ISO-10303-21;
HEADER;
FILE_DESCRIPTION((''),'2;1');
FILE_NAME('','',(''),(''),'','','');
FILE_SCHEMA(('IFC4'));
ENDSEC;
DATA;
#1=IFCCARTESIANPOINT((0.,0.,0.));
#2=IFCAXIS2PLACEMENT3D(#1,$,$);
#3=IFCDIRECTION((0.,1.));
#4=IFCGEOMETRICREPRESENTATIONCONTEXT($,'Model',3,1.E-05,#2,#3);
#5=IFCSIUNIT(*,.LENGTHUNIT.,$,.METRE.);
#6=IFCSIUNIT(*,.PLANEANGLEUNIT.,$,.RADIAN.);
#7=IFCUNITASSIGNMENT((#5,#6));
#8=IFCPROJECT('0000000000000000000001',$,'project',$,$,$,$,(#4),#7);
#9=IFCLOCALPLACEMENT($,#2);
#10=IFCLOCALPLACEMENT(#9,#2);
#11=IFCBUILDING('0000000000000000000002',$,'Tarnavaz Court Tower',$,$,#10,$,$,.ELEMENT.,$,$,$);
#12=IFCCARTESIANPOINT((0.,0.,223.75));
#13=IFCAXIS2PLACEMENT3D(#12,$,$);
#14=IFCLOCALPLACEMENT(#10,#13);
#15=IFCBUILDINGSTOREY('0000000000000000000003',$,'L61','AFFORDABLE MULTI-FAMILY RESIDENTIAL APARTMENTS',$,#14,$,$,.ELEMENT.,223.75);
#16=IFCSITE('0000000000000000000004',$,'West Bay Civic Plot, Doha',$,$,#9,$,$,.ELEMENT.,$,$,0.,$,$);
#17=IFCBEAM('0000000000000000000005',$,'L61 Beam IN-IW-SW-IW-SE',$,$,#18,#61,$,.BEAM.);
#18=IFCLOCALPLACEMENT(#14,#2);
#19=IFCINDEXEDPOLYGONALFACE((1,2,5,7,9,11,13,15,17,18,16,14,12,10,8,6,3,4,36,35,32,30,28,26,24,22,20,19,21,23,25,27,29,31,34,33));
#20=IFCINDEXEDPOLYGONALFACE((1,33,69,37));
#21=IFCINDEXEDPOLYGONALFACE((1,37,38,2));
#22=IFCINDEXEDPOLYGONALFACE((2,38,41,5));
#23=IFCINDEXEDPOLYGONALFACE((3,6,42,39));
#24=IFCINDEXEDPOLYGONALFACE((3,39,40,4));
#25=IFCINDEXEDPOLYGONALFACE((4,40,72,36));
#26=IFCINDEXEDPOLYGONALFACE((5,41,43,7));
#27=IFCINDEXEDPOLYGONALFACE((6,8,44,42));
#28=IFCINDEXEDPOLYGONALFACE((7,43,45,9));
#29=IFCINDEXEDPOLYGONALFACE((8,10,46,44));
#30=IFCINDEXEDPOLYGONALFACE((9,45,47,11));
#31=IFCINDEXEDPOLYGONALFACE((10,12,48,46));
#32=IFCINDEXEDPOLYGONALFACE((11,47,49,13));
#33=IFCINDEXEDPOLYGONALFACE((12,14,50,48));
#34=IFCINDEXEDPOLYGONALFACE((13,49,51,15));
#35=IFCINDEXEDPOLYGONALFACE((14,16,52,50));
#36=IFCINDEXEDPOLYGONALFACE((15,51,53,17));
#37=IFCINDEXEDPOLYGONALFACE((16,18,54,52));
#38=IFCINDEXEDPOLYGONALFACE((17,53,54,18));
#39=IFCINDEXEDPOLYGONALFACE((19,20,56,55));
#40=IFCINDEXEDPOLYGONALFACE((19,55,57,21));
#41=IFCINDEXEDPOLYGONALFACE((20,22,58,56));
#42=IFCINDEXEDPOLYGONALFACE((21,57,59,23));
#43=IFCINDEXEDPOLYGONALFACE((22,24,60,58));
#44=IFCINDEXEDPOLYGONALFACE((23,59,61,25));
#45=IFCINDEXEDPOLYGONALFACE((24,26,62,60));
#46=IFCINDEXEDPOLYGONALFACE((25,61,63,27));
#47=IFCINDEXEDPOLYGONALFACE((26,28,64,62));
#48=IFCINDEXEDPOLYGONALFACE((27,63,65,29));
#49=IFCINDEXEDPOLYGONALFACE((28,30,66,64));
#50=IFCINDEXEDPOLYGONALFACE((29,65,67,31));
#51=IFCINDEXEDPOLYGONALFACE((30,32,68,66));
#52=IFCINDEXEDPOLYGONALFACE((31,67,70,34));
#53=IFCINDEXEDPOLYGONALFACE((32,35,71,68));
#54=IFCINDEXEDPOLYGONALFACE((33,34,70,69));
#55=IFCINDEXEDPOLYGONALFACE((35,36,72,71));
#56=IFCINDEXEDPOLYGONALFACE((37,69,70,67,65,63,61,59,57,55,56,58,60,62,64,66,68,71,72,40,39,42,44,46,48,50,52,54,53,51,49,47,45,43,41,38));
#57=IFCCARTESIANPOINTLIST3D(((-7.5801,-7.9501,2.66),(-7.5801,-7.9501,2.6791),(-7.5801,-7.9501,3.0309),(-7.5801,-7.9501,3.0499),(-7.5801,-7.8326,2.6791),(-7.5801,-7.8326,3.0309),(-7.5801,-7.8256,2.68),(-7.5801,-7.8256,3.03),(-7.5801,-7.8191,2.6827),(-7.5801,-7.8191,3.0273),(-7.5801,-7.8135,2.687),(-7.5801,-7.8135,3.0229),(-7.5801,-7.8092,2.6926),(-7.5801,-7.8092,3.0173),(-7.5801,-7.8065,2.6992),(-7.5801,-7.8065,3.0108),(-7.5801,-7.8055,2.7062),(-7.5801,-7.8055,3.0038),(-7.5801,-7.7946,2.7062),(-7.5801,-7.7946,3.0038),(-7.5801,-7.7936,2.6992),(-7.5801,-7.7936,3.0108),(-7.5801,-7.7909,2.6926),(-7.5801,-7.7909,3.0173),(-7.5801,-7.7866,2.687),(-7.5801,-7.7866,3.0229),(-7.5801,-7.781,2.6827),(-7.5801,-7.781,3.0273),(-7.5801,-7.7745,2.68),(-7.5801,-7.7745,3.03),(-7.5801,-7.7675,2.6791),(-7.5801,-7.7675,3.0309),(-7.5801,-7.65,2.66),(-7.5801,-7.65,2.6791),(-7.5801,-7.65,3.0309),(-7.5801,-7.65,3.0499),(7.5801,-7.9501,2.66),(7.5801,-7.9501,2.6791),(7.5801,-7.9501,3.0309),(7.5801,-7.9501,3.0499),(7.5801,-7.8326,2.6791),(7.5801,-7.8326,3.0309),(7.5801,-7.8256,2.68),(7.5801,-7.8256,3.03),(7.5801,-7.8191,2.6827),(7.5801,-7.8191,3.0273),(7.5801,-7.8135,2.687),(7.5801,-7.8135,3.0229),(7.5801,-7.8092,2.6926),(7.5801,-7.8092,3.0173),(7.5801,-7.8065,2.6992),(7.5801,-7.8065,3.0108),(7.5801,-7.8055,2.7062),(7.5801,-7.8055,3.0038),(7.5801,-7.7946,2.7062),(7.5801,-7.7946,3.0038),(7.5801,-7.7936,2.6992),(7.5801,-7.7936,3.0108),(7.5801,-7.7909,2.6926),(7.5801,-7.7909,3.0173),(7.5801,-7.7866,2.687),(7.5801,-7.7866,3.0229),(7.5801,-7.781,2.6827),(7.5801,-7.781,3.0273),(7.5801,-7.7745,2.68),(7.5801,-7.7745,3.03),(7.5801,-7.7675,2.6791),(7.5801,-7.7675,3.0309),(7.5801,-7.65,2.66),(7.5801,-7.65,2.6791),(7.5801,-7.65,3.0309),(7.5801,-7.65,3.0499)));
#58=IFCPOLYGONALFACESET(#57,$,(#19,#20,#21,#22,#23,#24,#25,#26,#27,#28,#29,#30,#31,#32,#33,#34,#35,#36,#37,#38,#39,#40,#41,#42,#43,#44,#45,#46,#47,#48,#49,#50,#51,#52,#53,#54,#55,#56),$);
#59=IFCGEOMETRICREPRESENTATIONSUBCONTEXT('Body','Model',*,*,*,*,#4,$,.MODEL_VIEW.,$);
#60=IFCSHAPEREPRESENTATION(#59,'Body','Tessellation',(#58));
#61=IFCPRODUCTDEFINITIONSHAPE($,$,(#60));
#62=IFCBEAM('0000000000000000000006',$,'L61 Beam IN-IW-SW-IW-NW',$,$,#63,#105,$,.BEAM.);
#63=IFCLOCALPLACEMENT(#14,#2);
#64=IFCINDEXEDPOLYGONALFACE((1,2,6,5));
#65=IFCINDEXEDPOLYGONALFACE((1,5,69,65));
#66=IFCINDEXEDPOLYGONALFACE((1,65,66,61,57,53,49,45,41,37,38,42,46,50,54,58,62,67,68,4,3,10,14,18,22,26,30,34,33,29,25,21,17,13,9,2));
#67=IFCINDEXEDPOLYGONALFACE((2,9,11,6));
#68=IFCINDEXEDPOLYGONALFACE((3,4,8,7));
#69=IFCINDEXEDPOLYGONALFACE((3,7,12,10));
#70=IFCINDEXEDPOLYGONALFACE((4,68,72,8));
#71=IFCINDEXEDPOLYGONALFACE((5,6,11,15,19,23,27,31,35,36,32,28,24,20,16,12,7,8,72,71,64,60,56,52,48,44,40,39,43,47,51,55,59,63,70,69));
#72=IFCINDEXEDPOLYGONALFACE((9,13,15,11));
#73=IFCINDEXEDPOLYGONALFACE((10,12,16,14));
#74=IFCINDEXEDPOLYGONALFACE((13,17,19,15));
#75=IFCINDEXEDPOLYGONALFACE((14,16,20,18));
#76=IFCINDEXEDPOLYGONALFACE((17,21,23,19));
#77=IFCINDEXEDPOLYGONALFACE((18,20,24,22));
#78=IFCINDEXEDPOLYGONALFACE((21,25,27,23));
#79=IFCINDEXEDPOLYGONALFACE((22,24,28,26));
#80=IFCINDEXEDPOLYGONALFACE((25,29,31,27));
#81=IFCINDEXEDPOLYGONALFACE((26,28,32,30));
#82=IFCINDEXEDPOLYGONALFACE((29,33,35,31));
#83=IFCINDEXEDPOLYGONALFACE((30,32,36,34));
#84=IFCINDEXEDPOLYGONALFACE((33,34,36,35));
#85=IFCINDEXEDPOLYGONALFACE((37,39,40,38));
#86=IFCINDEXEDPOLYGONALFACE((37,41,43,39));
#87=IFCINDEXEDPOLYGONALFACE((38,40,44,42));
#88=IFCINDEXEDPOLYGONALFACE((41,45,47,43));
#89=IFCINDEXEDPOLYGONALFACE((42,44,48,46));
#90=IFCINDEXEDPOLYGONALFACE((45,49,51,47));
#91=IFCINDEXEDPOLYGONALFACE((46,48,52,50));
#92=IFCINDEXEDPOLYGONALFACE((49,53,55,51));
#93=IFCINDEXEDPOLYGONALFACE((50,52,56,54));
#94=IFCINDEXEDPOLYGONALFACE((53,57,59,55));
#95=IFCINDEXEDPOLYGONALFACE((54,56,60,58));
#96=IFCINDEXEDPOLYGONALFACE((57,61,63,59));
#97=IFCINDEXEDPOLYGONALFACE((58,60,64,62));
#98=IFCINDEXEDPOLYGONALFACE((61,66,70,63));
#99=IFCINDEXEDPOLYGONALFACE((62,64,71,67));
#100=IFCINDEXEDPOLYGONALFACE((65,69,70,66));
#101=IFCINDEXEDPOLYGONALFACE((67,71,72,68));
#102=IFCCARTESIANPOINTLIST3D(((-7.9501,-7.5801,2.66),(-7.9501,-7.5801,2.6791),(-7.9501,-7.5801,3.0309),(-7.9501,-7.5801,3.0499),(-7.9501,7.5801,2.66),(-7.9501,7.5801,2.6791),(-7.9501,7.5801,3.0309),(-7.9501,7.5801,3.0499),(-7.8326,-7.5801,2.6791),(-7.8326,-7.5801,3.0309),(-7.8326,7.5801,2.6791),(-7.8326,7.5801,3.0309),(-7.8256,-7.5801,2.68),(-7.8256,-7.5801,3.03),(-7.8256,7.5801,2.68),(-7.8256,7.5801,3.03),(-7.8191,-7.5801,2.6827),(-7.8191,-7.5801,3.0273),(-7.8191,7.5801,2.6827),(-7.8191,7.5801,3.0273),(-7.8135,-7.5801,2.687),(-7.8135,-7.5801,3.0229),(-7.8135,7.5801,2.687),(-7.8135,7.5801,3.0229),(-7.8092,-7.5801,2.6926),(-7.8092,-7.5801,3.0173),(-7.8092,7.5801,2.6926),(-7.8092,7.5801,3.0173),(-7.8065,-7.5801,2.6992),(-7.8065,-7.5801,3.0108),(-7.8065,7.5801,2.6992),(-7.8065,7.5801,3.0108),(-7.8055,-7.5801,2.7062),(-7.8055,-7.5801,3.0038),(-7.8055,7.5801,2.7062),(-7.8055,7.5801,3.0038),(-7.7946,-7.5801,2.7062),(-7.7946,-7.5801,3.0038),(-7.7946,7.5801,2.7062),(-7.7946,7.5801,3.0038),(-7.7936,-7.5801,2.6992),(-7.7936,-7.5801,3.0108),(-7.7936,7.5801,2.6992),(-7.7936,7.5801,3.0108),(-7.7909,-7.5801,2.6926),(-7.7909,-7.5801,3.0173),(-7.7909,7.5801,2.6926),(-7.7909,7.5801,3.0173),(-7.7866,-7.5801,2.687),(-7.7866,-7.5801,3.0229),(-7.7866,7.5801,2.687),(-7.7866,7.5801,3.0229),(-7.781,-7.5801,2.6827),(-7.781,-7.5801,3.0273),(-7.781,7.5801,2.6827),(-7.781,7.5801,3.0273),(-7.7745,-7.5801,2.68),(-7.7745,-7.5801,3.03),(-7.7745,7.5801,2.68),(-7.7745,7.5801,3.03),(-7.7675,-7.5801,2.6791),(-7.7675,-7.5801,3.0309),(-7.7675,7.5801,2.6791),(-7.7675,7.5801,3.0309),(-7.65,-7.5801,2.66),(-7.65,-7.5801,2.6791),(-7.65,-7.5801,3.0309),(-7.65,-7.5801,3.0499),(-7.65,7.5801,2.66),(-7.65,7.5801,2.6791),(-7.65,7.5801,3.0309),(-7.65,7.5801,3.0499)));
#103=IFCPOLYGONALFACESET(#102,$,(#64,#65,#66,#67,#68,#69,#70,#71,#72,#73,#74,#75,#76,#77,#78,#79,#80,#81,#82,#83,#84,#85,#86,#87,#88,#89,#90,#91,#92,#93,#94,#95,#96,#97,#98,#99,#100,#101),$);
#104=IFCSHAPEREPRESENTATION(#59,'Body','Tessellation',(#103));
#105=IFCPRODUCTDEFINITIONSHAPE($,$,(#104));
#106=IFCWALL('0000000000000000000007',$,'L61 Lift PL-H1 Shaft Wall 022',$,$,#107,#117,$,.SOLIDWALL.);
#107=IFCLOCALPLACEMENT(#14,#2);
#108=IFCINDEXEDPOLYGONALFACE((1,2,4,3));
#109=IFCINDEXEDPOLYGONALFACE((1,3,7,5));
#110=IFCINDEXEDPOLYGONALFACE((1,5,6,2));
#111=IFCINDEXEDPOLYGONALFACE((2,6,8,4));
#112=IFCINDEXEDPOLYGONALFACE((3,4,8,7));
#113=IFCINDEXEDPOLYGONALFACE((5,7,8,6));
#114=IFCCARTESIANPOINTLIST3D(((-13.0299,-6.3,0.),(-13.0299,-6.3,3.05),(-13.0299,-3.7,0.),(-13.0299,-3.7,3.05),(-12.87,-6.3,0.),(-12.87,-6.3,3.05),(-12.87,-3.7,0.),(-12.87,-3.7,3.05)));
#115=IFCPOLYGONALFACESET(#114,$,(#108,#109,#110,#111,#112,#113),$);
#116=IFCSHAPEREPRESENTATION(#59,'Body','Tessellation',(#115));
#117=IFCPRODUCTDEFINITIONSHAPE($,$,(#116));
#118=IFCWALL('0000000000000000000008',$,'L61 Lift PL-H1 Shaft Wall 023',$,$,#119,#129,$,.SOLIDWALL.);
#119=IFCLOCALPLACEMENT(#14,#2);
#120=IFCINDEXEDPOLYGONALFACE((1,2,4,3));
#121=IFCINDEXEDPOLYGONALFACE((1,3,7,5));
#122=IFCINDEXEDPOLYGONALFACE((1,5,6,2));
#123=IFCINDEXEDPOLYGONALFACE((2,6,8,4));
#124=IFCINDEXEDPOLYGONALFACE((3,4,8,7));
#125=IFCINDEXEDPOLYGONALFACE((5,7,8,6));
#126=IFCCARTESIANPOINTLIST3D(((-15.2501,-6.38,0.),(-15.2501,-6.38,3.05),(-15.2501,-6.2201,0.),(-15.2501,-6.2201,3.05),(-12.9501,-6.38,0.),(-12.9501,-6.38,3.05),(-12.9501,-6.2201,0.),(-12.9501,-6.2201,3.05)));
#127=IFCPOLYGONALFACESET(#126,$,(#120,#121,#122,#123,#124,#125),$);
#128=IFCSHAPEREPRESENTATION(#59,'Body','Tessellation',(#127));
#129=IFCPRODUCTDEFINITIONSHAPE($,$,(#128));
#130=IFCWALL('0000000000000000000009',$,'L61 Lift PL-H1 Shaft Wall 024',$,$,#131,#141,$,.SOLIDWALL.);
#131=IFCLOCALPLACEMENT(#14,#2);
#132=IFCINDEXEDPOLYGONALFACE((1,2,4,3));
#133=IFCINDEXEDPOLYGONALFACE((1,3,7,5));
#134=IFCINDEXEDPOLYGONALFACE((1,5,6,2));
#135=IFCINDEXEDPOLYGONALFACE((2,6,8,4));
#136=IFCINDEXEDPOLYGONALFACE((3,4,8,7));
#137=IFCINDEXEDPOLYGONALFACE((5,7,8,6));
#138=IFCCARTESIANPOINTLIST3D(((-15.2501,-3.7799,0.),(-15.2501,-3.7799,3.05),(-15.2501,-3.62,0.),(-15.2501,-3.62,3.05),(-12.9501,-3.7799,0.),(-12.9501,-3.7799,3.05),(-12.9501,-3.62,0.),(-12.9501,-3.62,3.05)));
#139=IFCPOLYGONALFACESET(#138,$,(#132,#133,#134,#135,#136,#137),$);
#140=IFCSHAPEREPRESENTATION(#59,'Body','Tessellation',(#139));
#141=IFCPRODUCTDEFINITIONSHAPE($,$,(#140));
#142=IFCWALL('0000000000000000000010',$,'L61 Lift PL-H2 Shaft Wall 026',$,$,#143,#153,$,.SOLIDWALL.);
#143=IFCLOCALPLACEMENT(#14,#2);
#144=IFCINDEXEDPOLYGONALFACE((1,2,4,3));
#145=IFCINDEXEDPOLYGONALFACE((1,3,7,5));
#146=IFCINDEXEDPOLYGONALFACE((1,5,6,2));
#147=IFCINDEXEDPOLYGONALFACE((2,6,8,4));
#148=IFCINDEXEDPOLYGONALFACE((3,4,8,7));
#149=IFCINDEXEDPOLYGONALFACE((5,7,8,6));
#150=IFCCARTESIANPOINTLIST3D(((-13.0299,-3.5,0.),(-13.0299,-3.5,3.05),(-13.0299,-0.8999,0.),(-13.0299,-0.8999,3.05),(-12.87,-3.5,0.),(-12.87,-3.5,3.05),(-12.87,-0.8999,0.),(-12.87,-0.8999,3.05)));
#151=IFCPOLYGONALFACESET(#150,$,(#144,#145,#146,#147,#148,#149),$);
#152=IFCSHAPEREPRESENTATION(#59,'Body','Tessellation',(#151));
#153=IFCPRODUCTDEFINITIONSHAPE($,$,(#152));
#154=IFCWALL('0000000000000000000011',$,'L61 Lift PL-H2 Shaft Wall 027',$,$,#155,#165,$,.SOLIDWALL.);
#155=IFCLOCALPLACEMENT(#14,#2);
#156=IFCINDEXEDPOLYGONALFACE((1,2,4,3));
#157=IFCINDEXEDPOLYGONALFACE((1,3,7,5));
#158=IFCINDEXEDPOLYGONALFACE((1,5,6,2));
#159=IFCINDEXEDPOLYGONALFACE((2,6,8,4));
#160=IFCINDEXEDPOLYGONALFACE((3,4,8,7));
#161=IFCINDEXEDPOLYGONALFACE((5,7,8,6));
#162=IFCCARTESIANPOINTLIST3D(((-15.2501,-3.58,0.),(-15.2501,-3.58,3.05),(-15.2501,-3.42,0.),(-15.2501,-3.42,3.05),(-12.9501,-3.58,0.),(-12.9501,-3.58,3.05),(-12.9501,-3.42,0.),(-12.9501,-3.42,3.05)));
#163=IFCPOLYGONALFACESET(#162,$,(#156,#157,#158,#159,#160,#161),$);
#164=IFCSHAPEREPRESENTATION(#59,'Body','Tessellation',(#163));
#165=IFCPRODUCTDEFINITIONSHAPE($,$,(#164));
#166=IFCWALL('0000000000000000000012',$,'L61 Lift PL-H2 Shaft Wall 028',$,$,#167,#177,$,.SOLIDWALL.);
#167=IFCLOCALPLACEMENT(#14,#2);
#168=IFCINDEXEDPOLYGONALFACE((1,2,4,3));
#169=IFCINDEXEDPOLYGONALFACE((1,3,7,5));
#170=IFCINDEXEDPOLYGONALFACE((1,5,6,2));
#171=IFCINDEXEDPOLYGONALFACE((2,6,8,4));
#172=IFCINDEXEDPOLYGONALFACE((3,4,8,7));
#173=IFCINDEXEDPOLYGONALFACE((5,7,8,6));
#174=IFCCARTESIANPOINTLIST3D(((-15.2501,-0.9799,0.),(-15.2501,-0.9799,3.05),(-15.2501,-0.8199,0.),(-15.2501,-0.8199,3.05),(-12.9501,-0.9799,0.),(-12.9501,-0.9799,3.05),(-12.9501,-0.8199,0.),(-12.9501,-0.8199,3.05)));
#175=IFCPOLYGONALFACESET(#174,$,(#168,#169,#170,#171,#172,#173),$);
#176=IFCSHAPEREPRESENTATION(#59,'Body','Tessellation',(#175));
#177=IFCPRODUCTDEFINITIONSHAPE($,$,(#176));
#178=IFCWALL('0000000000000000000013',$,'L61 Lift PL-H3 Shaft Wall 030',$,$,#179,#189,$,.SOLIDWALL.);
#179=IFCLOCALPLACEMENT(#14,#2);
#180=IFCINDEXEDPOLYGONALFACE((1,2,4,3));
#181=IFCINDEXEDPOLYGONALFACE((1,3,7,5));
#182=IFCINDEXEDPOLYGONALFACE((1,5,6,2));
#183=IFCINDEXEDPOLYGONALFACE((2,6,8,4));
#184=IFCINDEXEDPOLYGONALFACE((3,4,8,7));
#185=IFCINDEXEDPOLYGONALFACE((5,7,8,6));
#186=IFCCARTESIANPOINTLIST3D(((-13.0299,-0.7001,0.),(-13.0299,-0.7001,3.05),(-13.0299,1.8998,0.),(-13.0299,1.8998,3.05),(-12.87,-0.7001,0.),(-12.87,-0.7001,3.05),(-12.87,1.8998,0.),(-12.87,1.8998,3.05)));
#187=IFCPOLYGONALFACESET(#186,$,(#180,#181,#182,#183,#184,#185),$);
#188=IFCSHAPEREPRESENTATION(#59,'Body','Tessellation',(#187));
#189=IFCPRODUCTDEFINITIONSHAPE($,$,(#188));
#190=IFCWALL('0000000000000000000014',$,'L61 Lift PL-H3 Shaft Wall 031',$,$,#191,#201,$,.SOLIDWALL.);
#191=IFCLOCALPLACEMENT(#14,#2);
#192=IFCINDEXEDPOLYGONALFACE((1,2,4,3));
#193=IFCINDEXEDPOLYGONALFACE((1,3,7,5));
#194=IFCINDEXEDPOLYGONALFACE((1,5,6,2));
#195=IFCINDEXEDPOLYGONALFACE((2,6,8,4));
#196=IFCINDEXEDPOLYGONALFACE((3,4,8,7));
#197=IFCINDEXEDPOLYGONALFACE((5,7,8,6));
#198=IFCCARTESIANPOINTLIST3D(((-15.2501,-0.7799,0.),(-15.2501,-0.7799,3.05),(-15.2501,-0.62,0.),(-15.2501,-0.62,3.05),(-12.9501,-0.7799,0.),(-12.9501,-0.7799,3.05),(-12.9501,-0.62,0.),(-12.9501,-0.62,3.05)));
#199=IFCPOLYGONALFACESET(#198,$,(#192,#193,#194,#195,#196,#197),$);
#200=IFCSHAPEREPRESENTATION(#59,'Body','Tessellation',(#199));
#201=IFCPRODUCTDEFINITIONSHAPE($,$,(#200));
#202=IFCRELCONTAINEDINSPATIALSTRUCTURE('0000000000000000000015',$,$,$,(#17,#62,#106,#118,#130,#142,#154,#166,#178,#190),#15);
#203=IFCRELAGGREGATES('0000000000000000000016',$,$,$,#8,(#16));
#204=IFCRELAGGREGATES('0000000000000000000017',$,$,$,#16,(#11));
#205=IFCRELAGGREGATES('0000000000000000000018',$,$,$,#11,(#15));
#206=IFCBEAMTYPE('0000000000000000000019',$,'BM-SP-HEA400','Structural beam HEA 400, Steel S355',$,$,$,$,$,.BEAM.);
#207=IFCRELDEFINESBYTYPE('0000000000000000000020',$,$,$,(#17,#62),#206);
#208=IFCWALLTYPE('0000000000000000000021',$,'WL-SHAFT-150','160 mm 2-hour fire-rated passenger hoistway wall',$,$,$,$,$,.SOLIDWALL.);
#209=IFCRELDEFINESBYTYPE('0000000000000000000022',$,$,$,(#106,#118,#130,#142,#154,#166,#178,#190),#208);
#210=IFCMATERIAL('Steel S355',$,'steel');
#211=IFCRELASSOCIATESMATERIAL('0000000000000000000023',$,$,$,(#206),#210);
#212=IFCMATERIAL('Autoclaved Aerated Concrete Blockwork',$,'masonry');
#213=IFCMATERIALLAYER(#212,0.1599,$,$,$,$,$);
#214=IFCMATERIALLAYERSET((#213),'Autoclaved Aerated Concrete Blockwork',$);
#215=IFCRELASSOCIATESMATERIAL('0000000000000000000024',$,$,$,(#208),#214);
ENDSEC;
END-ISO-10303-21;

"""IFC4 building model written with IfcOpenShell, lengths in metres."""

from ifc_helpers import new_model, si_unit, direction, frame, frame_2d, origin, origin_2d, place, context, subcontext, project, spatial, rectangle, i_section, extrude, material, layer, layer_set, material_profile, profile_set, type_object, element, save


model = new_model("IFC4")

# Units and contexts
model_context = context("Model", 3, precision=1e-05, world=origin(), true_north=direction((0.0, 1.0)))
body_context = subcontext(model_context, "Body", "Model", "MODEL_VIEW")
ifc_project = project(units=[si_unit("LENGTHUNIT", "METRE"), si_unit("PLANEANGLEUNIT", "RADIAN")], contexts=[model_context])

# Site, building, storey
site_placement = place(None, origin())
site = spatial("IfcSite", under=ifc_project, at=site_placement, Name="West Bay Civic Plot, Doha", CompositionType="ELEMENT", RefElevation=0.0)
building_placement = place(site_placement, origin())
building = spatial("IfcBuilding", under=site, at=building_placement, Name="Tarnavaz Court Tower", CompositionType="ELEMENT")
storey_placement = place(building_placement, frame((0.0, 0.0, 223.75)))
storey = spatial("IfcBuildingStorey", under=building, at=storey_placement, Name="L61", Description="AFFORDABLE MULTI-FAMILY RESIDENTIAL APARTMENTS", CompositionType="ELEMENT", Elevation=223.75)

# Beams
ifc_material_1 = material(Name="Steel S355", Category="steel")
ifc_material_profile_1 = material_profile(ifc_material_1, i_section(OverallWidth=0.3, OverallDepth=0.3899, WebThickness=0.011, FlangeThickness=0.019, FilletRadius=0.0271, at=origin_2d()), Name="HEA 400")
ifc_profile_set_1 = profile_set([ifc_material_profile_1], Name="Steel S355")
beam_type_1 = type_object("IfcBeamType", Name="BM-SP-HEA400", Description="Structural beam HEA 400, Steel S355", PredefinedType="BEAM", material=ifc_profile_set_1)
for number, where, z_axis, x_axis, name in (
    (1, (-7.5801, -7.8, 2.855), (1.0, 0.0, 0.0), (0.0, 1.0, 0.0), "L61 Beam IN-IW-SW-IW-SE"),
    (2, (-7.8, -7.5801, 2.855), (0.0, 1.0, 0.0), (-1.0, 0.0, 0.0), "L61 Beam IN-IW-SW-IW-NW"),
):
    element("IfcBeam", number, at=place(storey_placement, frame(where, z_axis=z_axis, x_axis=x_axis)), inside=storey, type_object=beam_type_1, Name=name, PredefinedType="BEAM", context=body_context, shape_type="SweptSolid", body=[
        extrude(i_section(OverallWidth=0.3, OverallDepth=0.3899, WebThickness=0.011, FlangeThickness=0.019, FilletRadius=0.0271, at=origin_2d()), origin(), (0.0, 0.0, 1.0), 15.1602),
    ])

# Shared definitions
ifc_material_2 = material(Name="Autoclaved Aerated Concrete Blockwork", Category="masonry")
ifc_layer_1 = layer(ifc_material_2, 0.1599)
ifc_layer_set_1 = layer_set([ifc_layer_1], Name="Autoclaved Aerated Concrete Blockwork")
wall_type_1 = type_object("IfcWallType", Name="WL-SHAFT-150", Description="160 mm 2-hour fire-rated passenger hoistway wall", PredefinedType="SOLIDWALL", material=ifc_layer_set_1)

# Walls
wall_1_placement = place(storey_placement, frame((-12.95, -6.3, 0.0), z_axis=(0.0, 0.0, 1.0), x_axis=(0.0, 1.0, 0.0)))
element("IfcWall", 3, at=wall_1_placement, inside=storey, type_object=wall_type_1, Name="L61 Lift PL-H1 Shaft Wall 022", PredefinedType="SOLIDWALL", context=body_context, shape_type="SweptSolid", body=[
    extrude(rectangle(XDim=2.6001, YDim=0.1599, at=frame_2d((1.3, 0.0))), origin(), (0.0, 0.0, 1.0), 3.05),
])
for number, where, z_axis, x_axis, name in (
    (4, (-15.25, -6.3, 0.0), (0.0, 0.0, 1.0), (1.0, 0.0, 0.0), "L61 Lift PL-H1 Shaft Wall 023"),
    (5, (-15.25, -3.7, 0.0), (0.0, 0.0, 1.0), (1.0, 0.0, 0.0), "L61 Lift PL-H1 Shaft Wall 024"),
):
    element("IfcWall", number, at=place(storey_placement, frame(where, z_axis=z_axis, x_axis=x_axis)), inside=storey, type_object=wall_type_1, Name=name, PredefinedType="SOLIDWALL", context=body_context, shape_type="SweptSolid", body=[
        extrude(rectangle(XDim=2.3, YDim=0.1599, at=frame_2d((1.1499, 0.0))), origin(), (0.0, 0.0, 1.0), 3.05),
    ])

# Walls
wall_2_placement = place(storey_placement, frame((-12.95, -3.5, 0.0), z_axis=(0.0, 0.0, 1.0), x_axis=(0.0, 1.0, 0.0)))
element("IfcWall", 6, at=wall_2_placement, inside=storey, type_object=wall_type_1, Name="L61 Lift PL-H2 Shaft Wall 026", PredefinedType="SOLIDWALL", context=body_context, shape_type="SweptSolid", body=[
    extrude(rectangle(XDim=2.6001, YDim=0.1599, at=frame_2d((1.3, 0.0))), origin(), (0.0, 0.0, 1.0), 3.05),
])
for number, where, z_axis, x_axis, name in (
    (7, (-15.25, -3.5, 0.0), (0.0, 0.0, 1.0), (1.0, 0.0, 0.0), "L61 Lift PL-H2 Shaft Wall 027"),
    (8, (-15.25, -0.8999, 0.0), (0.0, 0.0, 1.0), (1.0, 0.0, 0.0), "L61 Lift PL-H2 Shaft Wall 028"),
):
    element("IfcWall", number, at=place(storey_placement, frame(where, z_axis=z_axis, x_axis=x_axis)), inside=storey, type_object=wall_type_1, Name=name, PredefinedType="SOLIDWALL", context=body_context, shape_type="SweptSolid", body=[
        extrude(rectangle(XDim=2.3, YDim=0.1599, at=frame_2d((1.1499, 0.0))), origin(), (0.0, 0.0, 1.0), 3.05),
    ])

# Walls
wall_3_placement = place(storey_placement, frame((-12.95, -0.7, 0.0), z_axis=(0.0, 0.0, 1.0), x_axis=(0.0, 1.0, 0.0)))
element("IfcWall", 9, at=wall_3_placement, inside=storey, type_object=wall_type_1, Name="L61 Lift PL-H3 Shaft Wall 030", PredefinedType="SOLIDWALL", context=body_context, shape_type="SweptSolid", body=[
    extrude(rectangle(XDim=2.5999, YDim=0.1599, at=frame_2d((1.2998, 0.0))), origin(), (0.0, 0.0, 1.0), 3.05),
])
for number, where, z_axis, x_axis, name in (
    (10, (-15.25, -0.7, 0.0), (0.0, 0.0, 1.0), (1.0, 0.0, 0.0), "L61 Lift PL-H3 Shaft Wall 031"),
):
    element("IfcWall", number, at=place(storey_placement, frame(where, z_axis=z_axis, x_axis=x_axis)), inside=storey, type_object=wall_type_1, Name=name, PredefinedType="SOLIDWALL", context=body_context, shape_type="SweptSolid", body=[
        extrude(rectangle(XDim=2.3, YDim=0.1599, at=frame_2d((1.1499, 0.0))), origin(), (0.0, 0.0, 1.0), 3.05),
    ])

save(model, "model.ifc")
